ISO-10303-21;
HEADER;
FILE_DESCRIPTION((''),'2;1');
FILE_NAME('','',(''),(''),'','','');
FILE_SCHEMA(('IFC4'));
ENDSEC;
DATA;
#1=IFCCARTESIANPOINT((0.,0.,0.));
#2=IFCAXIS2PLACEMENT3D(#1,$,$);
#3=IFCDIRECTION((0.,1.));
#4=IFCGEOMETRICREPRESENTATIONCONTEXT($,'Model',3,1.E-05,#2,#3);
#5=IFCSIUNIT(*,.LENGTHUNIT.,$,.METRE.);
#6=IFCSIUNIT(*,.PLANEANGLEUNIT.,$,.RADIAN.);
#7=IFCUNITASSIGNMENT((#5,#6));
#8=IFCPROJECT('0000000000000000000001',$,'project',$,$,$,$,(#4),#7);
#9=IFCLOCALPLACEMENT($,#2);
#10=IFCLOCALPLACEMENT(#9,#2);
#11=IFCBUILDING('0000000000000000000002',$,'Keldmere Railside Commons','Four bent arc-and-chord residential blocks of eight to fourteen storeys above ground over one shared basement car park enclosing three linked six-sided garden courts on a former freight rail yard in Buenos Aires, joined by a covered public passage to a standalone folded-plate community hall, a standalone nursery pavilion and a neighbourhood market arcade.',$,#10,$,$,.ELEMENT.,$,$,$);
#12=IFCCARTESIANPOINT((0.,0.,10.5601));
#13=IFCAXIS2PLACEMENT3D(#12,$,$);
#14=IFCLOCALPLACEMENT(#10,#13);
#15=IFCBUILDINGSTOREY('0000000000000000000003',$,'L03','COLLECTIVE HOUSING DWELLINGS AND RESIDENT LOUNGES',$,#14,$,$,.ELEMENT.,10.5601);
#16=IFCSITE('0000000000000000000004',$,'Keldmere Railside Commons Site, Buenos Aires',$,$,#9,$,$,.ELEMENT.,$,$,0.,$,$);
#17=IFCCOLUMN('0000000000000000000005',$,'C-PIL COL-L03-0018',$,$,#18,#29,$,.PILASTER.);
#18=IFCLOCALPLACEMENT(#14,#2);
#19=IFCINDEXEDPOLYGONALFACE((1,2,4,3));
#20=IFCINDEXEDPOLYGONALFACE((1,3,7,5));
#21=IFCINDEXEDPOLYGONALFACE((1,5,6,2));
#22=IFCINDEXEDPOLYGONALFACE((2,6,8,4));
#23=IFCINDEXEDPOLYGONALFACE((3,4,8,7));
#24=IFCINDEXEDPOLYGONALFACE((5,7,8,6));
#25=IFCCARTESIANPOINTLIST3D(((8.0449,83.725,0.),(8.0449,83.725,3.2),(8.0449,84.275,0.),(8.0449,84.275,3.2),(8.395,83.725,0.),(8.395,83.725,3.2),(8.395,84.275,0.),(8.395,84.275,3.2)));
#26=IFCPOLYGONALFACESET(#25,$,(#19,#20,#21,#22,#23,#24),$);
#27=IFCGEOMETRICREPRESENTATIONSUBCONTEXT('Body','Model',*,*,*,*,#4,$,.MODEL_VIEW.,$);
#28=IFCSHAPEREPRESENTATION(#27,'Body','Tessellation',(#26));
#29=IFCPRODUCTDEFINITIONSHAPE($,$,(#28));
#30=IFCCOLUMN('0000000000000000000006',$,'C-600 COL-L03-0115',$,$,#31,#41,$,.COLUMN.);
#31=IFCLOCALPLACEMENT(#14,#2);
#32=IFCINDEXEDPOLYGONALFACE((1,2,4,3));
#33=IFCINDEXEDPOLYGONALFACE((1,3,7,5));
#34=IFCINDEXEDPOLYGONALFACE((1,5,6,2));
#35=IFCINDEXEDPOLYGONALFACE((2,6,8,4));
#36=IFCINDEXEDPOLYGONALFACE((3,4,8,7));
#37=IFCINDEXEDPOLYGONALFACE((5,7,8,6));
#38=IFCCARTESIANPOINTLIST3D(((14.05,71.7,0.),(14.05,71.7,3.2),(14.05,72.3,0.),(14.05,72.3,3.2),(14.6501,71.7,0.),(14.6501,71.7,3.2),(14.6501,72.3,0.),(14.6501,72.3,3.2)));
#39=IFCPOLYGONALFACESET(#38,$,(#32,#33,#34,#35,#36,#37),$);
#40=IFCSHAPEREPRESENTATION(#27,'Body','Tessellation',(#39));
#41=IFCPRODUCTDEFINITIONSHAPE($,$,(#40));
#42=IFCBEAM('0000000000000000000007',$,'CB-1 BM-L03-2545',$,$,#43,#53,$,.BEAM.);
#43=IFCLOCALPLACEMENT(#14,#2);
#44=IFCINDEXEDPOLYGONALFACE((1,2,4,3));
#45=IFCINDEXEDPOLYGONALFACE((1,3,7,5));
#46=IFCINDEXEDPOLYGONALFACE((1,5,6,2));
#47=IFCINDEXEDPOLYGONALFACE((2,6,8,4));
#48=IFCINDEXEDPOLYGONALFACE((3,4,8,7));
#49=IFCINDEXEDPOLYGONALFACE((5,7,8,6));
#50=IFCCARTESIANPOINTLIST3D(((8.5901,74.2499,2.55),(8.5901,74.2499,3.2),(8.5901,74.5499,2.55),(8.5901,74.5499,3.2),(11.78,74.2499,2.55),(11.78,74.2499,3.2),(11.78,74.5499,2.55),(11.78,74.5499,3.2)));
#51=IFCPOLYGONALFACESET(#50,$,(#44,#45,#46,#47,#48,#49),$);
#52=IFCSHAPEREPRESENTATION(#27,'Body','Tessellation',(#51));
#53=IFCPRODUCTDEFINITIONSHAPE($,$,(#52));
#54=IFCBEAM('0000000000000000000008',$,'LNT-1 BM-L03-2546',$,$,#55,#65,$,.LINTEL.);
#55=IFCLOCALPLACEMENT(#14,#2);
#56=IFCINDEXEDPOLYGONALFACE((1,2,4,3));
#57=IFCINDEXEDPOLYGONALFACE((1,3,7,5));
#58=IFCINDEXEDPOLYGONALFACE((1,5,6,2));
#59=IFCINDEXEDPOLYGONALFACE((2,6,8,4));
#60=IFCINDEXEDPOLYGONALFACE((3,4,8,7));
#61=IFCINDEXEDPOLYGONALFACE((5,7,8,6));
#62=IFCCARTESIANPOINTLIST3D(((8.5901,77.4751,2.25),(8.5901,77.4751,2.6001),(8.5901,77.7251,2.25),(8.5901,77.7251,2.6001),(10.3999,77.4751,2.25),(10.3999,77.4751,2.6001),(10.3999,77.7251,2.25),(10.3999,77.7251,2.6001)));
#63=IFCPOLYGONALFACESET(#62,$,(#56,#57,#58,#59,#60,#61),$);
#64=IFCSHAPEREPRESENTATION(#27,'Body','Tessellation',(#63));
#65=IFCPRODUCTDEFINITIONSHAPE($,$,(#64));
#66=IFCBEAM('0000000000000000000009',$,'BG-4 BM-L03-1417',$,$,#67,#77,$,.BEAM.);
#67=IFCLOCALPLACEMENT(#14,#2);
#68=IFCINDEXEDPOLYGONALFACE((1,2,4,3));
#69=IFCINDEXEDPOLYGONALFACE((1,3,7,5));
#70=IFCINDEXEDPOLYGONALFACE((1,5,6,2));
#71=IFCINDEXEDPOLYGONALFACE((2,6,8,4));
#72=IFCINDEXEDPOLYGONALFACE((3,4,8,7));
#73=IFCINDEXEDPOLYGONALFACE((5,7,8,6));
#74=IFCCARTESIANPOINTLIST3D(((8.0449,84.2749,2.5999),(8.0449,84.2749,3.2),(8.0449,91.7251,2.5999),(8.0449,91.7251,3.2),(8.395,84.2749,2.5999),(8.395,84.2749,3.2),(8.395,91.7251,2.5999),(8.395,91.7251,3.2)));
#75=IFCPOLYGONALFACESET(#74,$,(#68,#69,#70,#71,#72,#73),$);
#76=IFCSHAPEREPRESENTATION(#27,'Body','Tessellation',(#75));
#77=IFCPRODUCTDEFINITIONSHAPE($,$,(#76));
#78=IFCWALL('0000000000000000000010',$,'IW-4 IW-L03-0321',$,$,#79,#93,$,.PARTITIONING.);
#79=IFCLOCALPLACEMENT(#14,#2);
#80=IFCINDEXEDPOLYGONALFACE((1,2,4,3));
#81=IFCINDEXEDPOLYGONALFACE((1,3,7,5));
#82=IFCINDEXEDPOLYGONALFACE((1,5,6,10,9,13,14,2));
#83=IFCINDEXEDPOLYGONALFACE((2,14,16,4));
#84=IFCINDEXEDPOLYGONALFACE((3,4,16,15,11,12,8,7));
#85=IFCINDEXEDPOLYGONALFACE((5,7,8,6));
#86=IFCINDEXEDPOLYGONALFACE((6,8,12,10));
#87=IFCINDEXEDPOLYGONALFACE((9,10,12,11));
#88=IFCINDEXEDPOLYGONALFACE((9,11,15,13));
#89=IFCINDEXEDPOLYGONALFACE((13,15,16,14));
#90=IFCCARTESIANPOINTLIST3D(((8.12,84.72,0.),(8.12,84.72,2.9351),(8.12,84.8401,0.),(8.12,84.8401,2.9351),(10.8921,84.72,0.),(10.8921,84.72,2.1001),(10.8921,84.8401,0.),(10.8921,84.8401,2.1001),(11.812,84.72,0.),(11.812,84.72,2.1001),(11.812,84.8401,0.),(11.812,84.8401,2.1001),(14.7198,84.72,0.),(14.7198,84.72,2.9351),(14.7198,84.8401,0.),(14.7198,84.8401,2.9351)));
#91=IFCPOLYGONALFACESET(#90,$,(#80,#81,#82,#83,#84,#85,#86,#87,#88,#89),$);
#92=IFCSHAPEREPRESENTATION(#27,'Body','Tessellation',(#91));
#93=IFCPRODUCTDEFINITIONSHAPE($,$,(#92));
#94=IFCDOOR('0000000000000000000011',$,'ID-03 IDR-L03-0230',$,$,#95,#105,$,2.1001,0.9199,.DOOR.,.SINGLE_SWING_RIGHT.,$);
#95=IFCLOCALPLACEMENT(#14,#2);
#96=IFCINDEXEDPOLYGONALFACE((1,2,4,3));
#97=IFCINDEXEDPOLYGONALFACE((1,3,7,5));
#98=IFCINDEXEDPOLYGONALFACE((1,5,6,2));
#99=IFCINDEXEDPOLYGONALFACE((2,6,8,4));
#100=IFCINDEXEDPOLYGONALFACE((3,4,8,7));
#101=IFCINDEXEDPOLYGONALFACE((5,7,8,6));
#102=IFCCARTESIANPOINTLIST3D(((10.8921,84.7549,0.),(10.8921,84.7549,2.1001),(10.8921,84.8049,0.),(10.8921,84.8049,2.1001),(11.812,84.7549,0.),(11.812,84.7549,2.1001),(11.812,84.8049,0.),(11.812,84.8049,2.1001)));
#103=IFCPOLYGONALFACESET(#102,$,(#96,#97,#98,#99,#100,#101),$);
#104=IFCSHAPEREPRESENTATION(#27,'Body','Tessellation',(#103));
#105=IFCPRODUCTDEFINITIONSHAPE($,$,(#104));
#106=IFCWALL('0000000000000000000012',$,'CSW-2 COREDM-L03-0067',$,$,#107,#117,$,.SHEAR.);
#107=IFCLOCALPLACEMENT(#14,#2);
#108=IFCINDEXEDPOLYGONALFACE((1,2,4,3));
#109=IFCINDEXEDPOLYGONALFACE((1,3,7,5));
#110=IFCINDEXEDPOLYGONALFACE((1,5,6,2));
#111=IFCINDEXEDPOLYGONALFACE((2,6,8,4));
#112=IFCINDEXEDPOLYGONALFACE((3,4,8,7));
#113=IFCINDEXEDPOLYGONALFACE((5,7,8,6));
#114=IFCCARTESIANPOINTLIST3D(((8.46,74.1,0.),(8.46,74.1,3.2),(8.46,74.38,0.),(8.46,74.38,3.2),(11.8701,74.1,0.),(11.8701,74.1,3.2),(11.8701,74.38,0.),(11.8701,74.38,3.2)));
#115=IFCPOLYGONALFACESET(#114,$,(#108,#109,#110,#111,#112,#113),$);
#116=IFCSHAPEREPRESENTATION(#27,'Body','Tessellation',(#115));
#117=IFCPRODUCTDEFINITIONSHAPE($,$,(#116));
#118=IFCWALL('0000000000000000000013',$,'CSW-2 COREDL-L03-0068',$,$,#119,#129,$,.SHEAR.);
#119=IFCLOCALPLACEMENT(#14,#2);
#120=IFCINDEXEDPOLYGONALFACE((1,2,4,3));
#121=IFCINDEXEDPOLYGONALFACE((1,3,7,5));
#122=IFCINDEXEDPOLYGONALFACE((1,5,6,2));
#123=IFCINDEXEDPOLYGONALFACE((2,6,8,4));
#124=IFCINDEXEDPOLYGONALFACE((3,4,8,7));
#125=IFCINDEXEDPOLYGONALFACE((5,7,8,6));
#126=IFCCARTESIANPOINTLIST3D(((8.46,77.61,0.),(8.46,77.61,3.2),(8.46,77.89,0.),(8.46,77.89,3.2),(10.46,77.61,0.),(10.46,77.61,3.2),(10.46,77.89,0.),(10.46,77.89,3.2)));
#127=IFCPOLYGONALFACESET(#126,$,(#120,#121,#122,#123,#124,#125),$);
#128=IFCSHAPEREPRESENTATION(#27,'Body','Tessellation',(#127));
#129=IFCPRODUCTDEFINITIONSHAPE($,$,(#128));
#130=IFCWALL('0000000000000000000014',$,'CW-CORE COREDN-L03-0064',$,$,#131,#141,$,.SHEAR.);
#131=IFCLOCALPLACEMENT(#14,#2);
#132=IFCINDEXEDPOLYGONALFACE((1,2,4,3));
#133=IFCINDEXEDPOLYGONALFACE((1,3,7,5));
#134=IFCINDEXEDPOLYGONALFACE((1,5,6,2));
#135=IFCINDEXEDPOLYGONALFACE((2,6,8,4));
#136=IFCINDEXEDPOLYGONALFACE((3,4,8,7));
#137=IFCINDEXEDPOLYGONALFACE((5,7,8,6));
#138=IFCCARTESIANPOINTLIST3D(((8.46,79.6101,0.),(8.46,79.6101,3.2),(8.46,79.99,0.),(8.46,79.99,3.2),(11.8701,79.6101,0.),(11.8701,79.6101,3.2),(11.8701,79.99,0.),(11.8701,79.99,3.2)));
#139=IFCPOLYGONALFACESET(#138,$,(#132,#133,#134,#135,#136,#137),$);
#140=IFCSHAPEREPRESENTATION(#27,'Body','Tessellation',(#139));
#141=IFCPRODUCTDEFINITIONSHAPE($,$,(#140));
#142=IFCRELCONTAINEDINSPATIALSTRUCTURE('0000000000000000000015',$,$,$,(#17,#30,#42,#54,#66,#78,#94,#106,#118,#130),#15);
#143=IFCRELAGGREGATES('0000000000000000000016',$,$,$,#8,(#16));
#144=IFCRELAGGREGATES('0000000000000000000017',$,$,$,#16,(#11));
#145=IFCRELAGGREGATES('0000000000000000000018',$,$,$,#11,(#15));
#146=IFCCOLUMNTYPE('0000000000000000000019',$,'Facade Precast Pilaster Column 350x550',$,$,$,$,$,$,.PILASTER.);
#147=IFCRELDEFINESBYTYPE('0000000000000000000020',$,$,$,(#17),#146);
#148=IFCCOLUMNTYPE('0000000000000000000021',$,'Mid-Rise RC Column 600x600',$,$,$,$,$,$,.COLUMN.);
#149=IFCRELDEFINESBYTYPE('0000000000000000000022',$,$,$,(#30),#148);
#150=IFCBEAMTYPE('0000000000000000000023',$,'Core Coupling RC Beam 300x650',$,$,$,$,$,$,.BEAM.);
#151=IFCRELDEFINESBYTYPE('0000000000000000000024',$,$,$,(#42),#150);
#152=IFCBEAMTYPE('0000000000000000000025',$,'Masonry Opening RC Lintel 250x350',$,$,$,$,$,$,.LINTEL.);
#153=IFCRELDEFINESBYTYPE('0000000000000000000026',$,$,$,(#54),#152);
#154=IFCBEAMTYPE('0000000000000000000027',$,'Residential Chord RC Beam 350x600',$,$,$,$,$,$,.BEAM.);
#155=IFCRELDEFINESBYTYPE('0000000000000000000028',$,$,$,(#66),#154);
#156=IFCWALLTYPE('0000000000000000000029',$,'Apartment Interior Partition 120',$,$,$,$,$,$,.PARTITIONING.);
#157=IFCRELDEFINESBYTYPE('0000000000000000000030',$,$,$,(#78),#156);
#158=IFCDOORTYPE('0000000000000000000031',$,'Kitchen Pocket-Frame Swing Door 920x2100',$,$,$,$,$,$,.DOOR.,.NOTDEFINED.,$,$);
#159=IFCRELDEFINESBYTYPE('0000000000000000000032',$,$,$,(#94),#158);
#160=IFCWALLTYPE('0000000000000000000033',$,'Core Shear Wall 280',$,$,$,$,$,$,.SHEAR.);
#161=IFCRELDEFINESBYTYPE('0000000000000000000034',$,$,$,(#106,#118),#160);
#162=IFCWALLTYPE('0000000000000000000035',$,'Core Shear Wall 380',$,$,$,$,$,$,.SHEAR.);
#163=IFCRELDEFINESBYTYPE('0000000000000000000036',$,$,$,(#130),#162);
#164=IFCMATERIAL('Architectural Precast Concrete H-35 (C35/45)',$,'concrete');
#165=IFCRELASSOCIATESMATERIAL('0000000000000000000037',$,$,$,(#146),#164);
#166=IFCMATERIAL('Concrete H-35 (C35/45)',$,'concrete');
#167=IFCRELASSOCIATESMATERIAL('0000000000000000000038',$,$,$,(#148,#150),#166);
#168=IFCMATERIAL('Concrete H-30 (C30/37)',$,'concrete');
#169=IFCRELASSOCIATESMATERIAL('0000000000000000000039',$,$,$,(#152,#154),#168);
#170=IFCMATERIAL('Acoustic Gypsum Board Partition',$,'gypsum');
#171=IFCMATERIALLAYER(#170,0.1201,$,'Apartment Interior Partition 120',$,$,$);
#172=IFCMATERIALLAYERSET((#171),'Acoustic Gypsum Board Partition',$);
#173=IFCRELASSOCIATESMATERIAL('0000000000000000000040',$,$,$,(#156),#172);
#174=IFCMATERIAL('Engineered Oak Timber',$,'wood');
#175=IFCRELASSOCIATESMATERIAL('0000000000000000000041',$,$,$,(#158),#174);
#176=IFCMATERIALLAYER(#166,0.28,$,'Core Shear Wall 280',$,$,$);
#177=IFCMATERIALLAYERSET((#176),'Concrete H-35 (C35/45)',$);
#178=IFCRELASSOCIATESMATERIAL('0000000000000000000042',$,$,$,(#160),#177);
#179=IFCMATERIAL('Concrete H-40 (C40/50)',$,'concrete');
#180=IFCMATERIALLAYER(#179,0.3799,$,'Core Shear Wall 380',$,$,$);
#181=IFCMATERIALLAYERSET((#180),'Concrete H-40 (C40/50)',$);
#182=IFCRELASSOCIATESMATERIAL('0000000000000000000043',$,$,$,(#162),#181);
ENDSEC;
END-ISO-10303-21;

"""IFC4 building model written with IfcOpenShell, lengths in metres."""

from ifc_helpers import new_model, si_unit, direction, frame, frame_2d, origin, origin_2d, place, context, subcontext, project, spatial, rectangle, extrude, material, layer, layer_set, material_profile, profile_set, type_object, element, fill, save


model = new_model("IFC4")

# Units and contexts
model_context = context("Model", 3, precision=1e-05, world=origin(), true_north=direction((0.0, 1.0)))
body_context = subcontext(model_context, "Body", "Model", "MODEL_VIEW")
ifc_project = project(units=[si_unit("LENGTHUNIT", "METRE"), si_unit("PLANEANGLEUNIT", "RADIAN")], contexts=[model_context])

# Site, building, storey
site_placement = place(None, origin())
site = spatial("IfcSite", under=ifc_project, at=site_placement, Name="Keldmere Railside Commons Site, Buenos Aires", CompositionType="ELEMENT", RefElevation=0.0)
building_placement = place(site_placement, origin())
building = spatial("IfcBuilding", under=site, at=building_placement, Name="Keldmere Railside Commons", Description="Four bent arc-and-chord residential blocks of eight to fourteen storeys above ground over one shared basement car park enclosing three linked six-sided garden courts on a former freight rail yard in Buenos Aires, joined by a covered public passage to a standalone folded-plate community hall, a standalone nursery pavilion and a neighbourhood market arcade.", CompositionType="ELEMENT")
storey_placement = place(building_placement, frame((0.0, 0.0, 10.5601)))
storey = spatial("IfcBuildingStorey", under=building, at=storey_placement, Name="L03", Description="COLLECTIVE HOUSING DWELLINGS AND RESIDENT LOUNGES", CompositionType="ELEMENT", Elevation=10.5601)

# Columns
ifc_material_1 = material(Name="Architectural Precast Concrete H-35 (C35/45)", Category="concrete")
ifc_material_profile_1 = material_profile(ifc_material_1, rectangle(XDim=0.3501, YDim=0.55, at=origin_2d()), Name="RC-350x550")
ifc_profile_set_1 = profile_set([ifc_material_profile_1], Name="Architectural Precast Concrete H-35 (C35/45)")
column_type_1 = type_object("IfcColumnType", Name="Facade Precast Pilaster Column 350x550", PredefinedType="PILASTER", material=ifc_profile_set_1)
column_1_placement = place(storey_placement, frame((8.22, 84.0, 0.0), z_axis=(0.0, 0.0, 1.0), x_axis=(1.0, 0.0, 0.0)))
element("IfcColumn", 1, at=column_1_placement, inside=storey, type_object=column_type_1, Name="C-PIL COL-L03-0018", PredefinedType="PILASTER", context=body_context, shape_type="SweptSolid", body=[
    extrude(rectangle(XDim=0.3501, YDim=0.55, at=origin_2d()), origin(), (0.0, 0.0, 1.0), 3.2),
])
ifc_material_2 = material(Name="Concrete H-35 (C35/45)", Category="concrete")
ifc_material_profile_2 = material_profile(ifc_material_2, rectangle(XDim=0.6001, YDim=0.6001, at=origin_2d()), Name="RC-600x600")
ifc_profile_set_2 = profile_set([ifc_material_profile_2], Name="Concrete H-35 (C35/45)")
column_type_2 = type_object("IfcColumnType", Name="Mid-Rise RC Column 600x600", PredefinedType="COLUMN", material=ifc_profile_set_2)
column_2_placement = place(storey_placement, frame((14.3501, 72.0, 0.0), z_axis=(0.0, 0.0, 1.0), x_axis=(1.0, 0.0, 0.0)))
element("IfcColumn", 2, at=column_2_placement, inside=storey, type_object=column_type_2, Name="C-600 COL-L03-0115", PredefinedType="COLUMN", context=body_context, shape_type="SweptSolid", body=[
    extrude(rectangle(XDim=0.6001, YDim=0.6001, at=origin_2d()), origin(), (0.0, 0.0, 1.0), 3.2),
])

# Beams
ifc_material_profile_3 = material_profile(ifc_material_2, rectangle(XDim=0.3, YDim=0.6499, at=origin_2d()), Name="RC-300x650")
ifc_profile_set_3 = profile_set([ifc_material_profile_3], Name="Concrete H-35 (C35/45)")
beam_type_1 = type_object("IfcBeamType", Name="Core Coupling RC Beam 300x650", PredefinedType="BEAM", material=ifc_profile_set_3)
beam_1_placement = place(storey_placement, frame((8.5901, 74.3999, 2.875), z_axis=(1.0, 0.0, 0.0), x_axis=(0.0, 1.0, 0.0)))
element("IfcBeam", 3, at=beam_1_placement, inside=storey, type_object=beam_type_1, Name="CB-1 BM-L03-2545", PredefinedType="BEAM", context=body_context, shape_type="SweptSolid", body=[
    extrude(rectangle(XDim=0.3, YDim=0.6499, at=origin_2d()), origin(), (0.0, 0.0, 1.0), 3.1899),
])
ifc_material_3 = material(Name="Concrete H-30 (C30/37)", Category="concrete")
ifc_material_profile_4 = material_profile(ifc_material_3, rectangle(XDim=0.25, YDim=0.3501, at=origin_2d()), Name="RC-250x350")
ifc_profile_set_4 = profile_set([ifc_material_profile_4], Name="Concrete H-30 (C30/37)")
beam_type_2 = type_object("IfcBeamType", Name="Masonry Opening RC Lintel 250x350", PredefinedType="LINTEL", material=ifc_profile_set_4)
beam_2_placement = place(storey_placement, frame((8.5901, 77.6001, 2.425), z_axis=(1.0, 0.0, 0.0), x_axis=(0.0, 1.0, 0.0)))
element("IfcBeam", 4, at=beam_2_placement, inside=storey, type_object=beam_type_2, Name="LNT-1 BM-L03-2546", PredefinedType="LINTEL", context=body_context, shape_type="SweptSolid", body=[
    extrude(rectangle(XDim=0.25, YDim=0.3501, at=origin_2d()), origin(), (0.0, 0.0, 1.0), 1.8098),
])
ifc_material_profile_5 = material_profile(ifc_material_3, rectangle(XDim=0.3501, YDim=0.6001, at=origin_2d()), Name="RC-350x600")
ifc_profile_set_5 = profile_set([ifc_material_profile_5], Name="Concrete H-30 (C30/37)")
beam_type_3 = type_object("IfcBeamType", Name="Residential Chord RC Beam 350x600", PredefinedType="BEAM", material=ifc_profile_set_5)
beam_3_placement = place(storey_placement, frame((8.22, 84.2749, 2.8999), z_axis=(0.0, 1.0, 0.0), x_axis=(-1.0, 0.0, 0.0)))
element("IfcBeam", 5, at=beam_3_placement, inside=storey, type_object=beam_type_3, Name="BG-4 BM-L03-1417", PredefinedType="BEAM", context=body_context, shape_type="SweptSolid", body=[
    extrude(rectangle(XDim=0.3501, YDim=0.6001, at=origin_2d()), origin(), (0.0, 0.0, 1.0), 7.4502),
])

# Wall, opening, door
ifc_material_4 = material(Name="Acoustic Gypsum Board Partition", Category="gypsum")
ifc_layer_1 = layer(ifc_material_4, 0.1201, Name="Apartment Interior Partition 120")
ifc_layer_set_1 = layer_set([ifc_layer_1], Name="Acoustic Gypsum Board Partition")
wall_type_1 = type_object("IfcWallType", Name="Apartment Interior Partition 120", PredefinedType="PARTITIONING", material=ifc_layer_set_1)
wall_1_placement = place(storey_placement, frame((8.1201, 84.78, 0.0), z_axis=(0.0, 0.0, 1.0), x_axis=(1.0, 0.0, 0.0)))
wall_1 = element("IfcWall", 6, at=wall_1_placement, inside=storey, type_object=wall_type_1, Name="IW-4 IW-L03-0321", PredefinedType="PARTITIONING", context=body_context, shape_type="SweptSolid", body=[
    extrude(rectangle(XDim=6.5999, YDim=0.1201, at=frame_2d((3.2998, 0.0))), origin(), (0.0, 0.0, 1.0), 2.9351),
])
opening_1_placement = place(wall_1_placement, frame((2.772, 0.0, 0.0)))
opening_1 = element("IfcOpeningElement", 7, at=opening_1_placement, cuts=wall_1, PredefinedType="OPENING", context=body_context, shape_type="SweptSolid", body=[
    extrude(rectangle(XDim=0.9199, YDim=2.1001, at=frame_2d((0.46, 1.05))), frame((0.0, 0.0701, 0.0), z_axis=(0.0, -1.0, 0.0), x_axis=(1.0, 0.0, 0.0)), (0.0, 0.0, 1.0), 0.1401),
])
ifc_material_5 = material(Name="Engineered Oak Timber", Category="wood")
door_type_1 = type_object("IfcDoorType", Name="Kitchen Pocket-Frame Swing Door 920x2100", OperationType="NOTDEFINED", PredefinedType="DOOR", material=ifc_material_5)
door_1_placement = place(opening_1_placement, origin())
door_1 = element("IfcDoor", 8, at=door_1_placement, inside=storey, type_object=door_type_1, Name="ID-03 IDR-L03-0230", OperationType="SINGLE_SWING_RIGHT", OverallHeight=2.1001, OverallWidth=0.9199, PredefinedType="DOOR", context=body_context, shape_type="SweptSolid", body=[
    extrude(rectangle(XDim=0.9199, YDim=2.1001, at=frame_2d((0.46, 1.05))), frame((0.0, 0.0249, 0.0), z_axis=(0.0, -1.0, 0.0), x_axis=(1.0, 0.0, 0.0)), (0.0, 0.0, 1.0), 0.05),
])
fill(opening_1, door_1)

# Walls
ifc_layer_2 = layer(ifc_material_2, 0.28, Name="Core Shear Wall 280")
ifc_layer_set_2 = layer_set([ifc_layer_2], Name="Concrete H-35 (C35/45)")
wall_type_2 = type_object("IfcWallType", Name="Core Shear Wall 280", PredefinedType="SHEAR", material=ifc_layer_set_2)
wall_2_placement = place(storey_placement, frame((8.46, 74.24, 0.0), z_axis=(0.0, 0.0, 1.0), x_axis=(1.0, 0.0, 0.0)))
element("IfcWall", 9, at=wall_2_placement, inside=storey, type_object=wall_type_2, Name="CSW-2 COREDM-L03-0067", PredefinedType="SHEAR", context=body_context, shape_type="SweptSolid", body=[
    extrude(rectangle(XDim=3.4102, YDim=0.28, at=frame_2d((1.7051, 0.0))), origin(), (0.0, 0.0, 1.0), 3.2),
])
wall_3_placement = place(storey_placement, frame((8.46, 77.75, 0.0), z_axis=(0.0, 0.0, 1.0), x_axis=(1.0, 0.0, 0.0)))
element("IfcWall", 10, at=wall_3_placement, inside=storey, type_object=wall_type_2, Name="CSW-2 COREDL-L03-0068", PredefinedType="SHEAR", context=body_context, shape_type="SweptSolid", body=[
    extrude(rectangle(XDim=2.0, YDim=0.28, at=frame_2d((1.0, 0.0))), origin(), (0.0, 0.0, 1.0), 3.2),
])

# Wall
ifc_material_6 = material(Name="Concrete H-40 (C40/50)", Category="concrete")
ifc_layer_3 = layer(ifc_material_6, 0.3799, Name="Core Shear Wall 380")
ifc_layer_set_3 = layer_set([ifc_layer_3], Name="Concrete H-40 (C40/50)")
wall_type_3 = type_object("IfcWallType", Name="Core Shear Wall 380", PredefinedType="SHEAR", material=ifc_layer_set_3)
wall_4_placement = place(storey_placement, frame((8.46, 79.8, 0.0), z_axis=(0.0, 0.0, 1.0), x_axis=(1.0, 0.0, 0.0)))
element("IfcWall", 11, at=wall_4_placement, inside=storey, type_object=wall_type_3, Name="CW-CORE COREDN-L03-0064", PredefinedType="SHEAR", context=body_context, shape_type="SweptSolid", body=[
    extrude(rectangle(XDim=3.4102, YDim=0.3799, at=frame_2d((1.7051, 0.0))), origin(), (0.0, 0.0, 1.0), 3.2),
])

save(model, "model.ifc")
